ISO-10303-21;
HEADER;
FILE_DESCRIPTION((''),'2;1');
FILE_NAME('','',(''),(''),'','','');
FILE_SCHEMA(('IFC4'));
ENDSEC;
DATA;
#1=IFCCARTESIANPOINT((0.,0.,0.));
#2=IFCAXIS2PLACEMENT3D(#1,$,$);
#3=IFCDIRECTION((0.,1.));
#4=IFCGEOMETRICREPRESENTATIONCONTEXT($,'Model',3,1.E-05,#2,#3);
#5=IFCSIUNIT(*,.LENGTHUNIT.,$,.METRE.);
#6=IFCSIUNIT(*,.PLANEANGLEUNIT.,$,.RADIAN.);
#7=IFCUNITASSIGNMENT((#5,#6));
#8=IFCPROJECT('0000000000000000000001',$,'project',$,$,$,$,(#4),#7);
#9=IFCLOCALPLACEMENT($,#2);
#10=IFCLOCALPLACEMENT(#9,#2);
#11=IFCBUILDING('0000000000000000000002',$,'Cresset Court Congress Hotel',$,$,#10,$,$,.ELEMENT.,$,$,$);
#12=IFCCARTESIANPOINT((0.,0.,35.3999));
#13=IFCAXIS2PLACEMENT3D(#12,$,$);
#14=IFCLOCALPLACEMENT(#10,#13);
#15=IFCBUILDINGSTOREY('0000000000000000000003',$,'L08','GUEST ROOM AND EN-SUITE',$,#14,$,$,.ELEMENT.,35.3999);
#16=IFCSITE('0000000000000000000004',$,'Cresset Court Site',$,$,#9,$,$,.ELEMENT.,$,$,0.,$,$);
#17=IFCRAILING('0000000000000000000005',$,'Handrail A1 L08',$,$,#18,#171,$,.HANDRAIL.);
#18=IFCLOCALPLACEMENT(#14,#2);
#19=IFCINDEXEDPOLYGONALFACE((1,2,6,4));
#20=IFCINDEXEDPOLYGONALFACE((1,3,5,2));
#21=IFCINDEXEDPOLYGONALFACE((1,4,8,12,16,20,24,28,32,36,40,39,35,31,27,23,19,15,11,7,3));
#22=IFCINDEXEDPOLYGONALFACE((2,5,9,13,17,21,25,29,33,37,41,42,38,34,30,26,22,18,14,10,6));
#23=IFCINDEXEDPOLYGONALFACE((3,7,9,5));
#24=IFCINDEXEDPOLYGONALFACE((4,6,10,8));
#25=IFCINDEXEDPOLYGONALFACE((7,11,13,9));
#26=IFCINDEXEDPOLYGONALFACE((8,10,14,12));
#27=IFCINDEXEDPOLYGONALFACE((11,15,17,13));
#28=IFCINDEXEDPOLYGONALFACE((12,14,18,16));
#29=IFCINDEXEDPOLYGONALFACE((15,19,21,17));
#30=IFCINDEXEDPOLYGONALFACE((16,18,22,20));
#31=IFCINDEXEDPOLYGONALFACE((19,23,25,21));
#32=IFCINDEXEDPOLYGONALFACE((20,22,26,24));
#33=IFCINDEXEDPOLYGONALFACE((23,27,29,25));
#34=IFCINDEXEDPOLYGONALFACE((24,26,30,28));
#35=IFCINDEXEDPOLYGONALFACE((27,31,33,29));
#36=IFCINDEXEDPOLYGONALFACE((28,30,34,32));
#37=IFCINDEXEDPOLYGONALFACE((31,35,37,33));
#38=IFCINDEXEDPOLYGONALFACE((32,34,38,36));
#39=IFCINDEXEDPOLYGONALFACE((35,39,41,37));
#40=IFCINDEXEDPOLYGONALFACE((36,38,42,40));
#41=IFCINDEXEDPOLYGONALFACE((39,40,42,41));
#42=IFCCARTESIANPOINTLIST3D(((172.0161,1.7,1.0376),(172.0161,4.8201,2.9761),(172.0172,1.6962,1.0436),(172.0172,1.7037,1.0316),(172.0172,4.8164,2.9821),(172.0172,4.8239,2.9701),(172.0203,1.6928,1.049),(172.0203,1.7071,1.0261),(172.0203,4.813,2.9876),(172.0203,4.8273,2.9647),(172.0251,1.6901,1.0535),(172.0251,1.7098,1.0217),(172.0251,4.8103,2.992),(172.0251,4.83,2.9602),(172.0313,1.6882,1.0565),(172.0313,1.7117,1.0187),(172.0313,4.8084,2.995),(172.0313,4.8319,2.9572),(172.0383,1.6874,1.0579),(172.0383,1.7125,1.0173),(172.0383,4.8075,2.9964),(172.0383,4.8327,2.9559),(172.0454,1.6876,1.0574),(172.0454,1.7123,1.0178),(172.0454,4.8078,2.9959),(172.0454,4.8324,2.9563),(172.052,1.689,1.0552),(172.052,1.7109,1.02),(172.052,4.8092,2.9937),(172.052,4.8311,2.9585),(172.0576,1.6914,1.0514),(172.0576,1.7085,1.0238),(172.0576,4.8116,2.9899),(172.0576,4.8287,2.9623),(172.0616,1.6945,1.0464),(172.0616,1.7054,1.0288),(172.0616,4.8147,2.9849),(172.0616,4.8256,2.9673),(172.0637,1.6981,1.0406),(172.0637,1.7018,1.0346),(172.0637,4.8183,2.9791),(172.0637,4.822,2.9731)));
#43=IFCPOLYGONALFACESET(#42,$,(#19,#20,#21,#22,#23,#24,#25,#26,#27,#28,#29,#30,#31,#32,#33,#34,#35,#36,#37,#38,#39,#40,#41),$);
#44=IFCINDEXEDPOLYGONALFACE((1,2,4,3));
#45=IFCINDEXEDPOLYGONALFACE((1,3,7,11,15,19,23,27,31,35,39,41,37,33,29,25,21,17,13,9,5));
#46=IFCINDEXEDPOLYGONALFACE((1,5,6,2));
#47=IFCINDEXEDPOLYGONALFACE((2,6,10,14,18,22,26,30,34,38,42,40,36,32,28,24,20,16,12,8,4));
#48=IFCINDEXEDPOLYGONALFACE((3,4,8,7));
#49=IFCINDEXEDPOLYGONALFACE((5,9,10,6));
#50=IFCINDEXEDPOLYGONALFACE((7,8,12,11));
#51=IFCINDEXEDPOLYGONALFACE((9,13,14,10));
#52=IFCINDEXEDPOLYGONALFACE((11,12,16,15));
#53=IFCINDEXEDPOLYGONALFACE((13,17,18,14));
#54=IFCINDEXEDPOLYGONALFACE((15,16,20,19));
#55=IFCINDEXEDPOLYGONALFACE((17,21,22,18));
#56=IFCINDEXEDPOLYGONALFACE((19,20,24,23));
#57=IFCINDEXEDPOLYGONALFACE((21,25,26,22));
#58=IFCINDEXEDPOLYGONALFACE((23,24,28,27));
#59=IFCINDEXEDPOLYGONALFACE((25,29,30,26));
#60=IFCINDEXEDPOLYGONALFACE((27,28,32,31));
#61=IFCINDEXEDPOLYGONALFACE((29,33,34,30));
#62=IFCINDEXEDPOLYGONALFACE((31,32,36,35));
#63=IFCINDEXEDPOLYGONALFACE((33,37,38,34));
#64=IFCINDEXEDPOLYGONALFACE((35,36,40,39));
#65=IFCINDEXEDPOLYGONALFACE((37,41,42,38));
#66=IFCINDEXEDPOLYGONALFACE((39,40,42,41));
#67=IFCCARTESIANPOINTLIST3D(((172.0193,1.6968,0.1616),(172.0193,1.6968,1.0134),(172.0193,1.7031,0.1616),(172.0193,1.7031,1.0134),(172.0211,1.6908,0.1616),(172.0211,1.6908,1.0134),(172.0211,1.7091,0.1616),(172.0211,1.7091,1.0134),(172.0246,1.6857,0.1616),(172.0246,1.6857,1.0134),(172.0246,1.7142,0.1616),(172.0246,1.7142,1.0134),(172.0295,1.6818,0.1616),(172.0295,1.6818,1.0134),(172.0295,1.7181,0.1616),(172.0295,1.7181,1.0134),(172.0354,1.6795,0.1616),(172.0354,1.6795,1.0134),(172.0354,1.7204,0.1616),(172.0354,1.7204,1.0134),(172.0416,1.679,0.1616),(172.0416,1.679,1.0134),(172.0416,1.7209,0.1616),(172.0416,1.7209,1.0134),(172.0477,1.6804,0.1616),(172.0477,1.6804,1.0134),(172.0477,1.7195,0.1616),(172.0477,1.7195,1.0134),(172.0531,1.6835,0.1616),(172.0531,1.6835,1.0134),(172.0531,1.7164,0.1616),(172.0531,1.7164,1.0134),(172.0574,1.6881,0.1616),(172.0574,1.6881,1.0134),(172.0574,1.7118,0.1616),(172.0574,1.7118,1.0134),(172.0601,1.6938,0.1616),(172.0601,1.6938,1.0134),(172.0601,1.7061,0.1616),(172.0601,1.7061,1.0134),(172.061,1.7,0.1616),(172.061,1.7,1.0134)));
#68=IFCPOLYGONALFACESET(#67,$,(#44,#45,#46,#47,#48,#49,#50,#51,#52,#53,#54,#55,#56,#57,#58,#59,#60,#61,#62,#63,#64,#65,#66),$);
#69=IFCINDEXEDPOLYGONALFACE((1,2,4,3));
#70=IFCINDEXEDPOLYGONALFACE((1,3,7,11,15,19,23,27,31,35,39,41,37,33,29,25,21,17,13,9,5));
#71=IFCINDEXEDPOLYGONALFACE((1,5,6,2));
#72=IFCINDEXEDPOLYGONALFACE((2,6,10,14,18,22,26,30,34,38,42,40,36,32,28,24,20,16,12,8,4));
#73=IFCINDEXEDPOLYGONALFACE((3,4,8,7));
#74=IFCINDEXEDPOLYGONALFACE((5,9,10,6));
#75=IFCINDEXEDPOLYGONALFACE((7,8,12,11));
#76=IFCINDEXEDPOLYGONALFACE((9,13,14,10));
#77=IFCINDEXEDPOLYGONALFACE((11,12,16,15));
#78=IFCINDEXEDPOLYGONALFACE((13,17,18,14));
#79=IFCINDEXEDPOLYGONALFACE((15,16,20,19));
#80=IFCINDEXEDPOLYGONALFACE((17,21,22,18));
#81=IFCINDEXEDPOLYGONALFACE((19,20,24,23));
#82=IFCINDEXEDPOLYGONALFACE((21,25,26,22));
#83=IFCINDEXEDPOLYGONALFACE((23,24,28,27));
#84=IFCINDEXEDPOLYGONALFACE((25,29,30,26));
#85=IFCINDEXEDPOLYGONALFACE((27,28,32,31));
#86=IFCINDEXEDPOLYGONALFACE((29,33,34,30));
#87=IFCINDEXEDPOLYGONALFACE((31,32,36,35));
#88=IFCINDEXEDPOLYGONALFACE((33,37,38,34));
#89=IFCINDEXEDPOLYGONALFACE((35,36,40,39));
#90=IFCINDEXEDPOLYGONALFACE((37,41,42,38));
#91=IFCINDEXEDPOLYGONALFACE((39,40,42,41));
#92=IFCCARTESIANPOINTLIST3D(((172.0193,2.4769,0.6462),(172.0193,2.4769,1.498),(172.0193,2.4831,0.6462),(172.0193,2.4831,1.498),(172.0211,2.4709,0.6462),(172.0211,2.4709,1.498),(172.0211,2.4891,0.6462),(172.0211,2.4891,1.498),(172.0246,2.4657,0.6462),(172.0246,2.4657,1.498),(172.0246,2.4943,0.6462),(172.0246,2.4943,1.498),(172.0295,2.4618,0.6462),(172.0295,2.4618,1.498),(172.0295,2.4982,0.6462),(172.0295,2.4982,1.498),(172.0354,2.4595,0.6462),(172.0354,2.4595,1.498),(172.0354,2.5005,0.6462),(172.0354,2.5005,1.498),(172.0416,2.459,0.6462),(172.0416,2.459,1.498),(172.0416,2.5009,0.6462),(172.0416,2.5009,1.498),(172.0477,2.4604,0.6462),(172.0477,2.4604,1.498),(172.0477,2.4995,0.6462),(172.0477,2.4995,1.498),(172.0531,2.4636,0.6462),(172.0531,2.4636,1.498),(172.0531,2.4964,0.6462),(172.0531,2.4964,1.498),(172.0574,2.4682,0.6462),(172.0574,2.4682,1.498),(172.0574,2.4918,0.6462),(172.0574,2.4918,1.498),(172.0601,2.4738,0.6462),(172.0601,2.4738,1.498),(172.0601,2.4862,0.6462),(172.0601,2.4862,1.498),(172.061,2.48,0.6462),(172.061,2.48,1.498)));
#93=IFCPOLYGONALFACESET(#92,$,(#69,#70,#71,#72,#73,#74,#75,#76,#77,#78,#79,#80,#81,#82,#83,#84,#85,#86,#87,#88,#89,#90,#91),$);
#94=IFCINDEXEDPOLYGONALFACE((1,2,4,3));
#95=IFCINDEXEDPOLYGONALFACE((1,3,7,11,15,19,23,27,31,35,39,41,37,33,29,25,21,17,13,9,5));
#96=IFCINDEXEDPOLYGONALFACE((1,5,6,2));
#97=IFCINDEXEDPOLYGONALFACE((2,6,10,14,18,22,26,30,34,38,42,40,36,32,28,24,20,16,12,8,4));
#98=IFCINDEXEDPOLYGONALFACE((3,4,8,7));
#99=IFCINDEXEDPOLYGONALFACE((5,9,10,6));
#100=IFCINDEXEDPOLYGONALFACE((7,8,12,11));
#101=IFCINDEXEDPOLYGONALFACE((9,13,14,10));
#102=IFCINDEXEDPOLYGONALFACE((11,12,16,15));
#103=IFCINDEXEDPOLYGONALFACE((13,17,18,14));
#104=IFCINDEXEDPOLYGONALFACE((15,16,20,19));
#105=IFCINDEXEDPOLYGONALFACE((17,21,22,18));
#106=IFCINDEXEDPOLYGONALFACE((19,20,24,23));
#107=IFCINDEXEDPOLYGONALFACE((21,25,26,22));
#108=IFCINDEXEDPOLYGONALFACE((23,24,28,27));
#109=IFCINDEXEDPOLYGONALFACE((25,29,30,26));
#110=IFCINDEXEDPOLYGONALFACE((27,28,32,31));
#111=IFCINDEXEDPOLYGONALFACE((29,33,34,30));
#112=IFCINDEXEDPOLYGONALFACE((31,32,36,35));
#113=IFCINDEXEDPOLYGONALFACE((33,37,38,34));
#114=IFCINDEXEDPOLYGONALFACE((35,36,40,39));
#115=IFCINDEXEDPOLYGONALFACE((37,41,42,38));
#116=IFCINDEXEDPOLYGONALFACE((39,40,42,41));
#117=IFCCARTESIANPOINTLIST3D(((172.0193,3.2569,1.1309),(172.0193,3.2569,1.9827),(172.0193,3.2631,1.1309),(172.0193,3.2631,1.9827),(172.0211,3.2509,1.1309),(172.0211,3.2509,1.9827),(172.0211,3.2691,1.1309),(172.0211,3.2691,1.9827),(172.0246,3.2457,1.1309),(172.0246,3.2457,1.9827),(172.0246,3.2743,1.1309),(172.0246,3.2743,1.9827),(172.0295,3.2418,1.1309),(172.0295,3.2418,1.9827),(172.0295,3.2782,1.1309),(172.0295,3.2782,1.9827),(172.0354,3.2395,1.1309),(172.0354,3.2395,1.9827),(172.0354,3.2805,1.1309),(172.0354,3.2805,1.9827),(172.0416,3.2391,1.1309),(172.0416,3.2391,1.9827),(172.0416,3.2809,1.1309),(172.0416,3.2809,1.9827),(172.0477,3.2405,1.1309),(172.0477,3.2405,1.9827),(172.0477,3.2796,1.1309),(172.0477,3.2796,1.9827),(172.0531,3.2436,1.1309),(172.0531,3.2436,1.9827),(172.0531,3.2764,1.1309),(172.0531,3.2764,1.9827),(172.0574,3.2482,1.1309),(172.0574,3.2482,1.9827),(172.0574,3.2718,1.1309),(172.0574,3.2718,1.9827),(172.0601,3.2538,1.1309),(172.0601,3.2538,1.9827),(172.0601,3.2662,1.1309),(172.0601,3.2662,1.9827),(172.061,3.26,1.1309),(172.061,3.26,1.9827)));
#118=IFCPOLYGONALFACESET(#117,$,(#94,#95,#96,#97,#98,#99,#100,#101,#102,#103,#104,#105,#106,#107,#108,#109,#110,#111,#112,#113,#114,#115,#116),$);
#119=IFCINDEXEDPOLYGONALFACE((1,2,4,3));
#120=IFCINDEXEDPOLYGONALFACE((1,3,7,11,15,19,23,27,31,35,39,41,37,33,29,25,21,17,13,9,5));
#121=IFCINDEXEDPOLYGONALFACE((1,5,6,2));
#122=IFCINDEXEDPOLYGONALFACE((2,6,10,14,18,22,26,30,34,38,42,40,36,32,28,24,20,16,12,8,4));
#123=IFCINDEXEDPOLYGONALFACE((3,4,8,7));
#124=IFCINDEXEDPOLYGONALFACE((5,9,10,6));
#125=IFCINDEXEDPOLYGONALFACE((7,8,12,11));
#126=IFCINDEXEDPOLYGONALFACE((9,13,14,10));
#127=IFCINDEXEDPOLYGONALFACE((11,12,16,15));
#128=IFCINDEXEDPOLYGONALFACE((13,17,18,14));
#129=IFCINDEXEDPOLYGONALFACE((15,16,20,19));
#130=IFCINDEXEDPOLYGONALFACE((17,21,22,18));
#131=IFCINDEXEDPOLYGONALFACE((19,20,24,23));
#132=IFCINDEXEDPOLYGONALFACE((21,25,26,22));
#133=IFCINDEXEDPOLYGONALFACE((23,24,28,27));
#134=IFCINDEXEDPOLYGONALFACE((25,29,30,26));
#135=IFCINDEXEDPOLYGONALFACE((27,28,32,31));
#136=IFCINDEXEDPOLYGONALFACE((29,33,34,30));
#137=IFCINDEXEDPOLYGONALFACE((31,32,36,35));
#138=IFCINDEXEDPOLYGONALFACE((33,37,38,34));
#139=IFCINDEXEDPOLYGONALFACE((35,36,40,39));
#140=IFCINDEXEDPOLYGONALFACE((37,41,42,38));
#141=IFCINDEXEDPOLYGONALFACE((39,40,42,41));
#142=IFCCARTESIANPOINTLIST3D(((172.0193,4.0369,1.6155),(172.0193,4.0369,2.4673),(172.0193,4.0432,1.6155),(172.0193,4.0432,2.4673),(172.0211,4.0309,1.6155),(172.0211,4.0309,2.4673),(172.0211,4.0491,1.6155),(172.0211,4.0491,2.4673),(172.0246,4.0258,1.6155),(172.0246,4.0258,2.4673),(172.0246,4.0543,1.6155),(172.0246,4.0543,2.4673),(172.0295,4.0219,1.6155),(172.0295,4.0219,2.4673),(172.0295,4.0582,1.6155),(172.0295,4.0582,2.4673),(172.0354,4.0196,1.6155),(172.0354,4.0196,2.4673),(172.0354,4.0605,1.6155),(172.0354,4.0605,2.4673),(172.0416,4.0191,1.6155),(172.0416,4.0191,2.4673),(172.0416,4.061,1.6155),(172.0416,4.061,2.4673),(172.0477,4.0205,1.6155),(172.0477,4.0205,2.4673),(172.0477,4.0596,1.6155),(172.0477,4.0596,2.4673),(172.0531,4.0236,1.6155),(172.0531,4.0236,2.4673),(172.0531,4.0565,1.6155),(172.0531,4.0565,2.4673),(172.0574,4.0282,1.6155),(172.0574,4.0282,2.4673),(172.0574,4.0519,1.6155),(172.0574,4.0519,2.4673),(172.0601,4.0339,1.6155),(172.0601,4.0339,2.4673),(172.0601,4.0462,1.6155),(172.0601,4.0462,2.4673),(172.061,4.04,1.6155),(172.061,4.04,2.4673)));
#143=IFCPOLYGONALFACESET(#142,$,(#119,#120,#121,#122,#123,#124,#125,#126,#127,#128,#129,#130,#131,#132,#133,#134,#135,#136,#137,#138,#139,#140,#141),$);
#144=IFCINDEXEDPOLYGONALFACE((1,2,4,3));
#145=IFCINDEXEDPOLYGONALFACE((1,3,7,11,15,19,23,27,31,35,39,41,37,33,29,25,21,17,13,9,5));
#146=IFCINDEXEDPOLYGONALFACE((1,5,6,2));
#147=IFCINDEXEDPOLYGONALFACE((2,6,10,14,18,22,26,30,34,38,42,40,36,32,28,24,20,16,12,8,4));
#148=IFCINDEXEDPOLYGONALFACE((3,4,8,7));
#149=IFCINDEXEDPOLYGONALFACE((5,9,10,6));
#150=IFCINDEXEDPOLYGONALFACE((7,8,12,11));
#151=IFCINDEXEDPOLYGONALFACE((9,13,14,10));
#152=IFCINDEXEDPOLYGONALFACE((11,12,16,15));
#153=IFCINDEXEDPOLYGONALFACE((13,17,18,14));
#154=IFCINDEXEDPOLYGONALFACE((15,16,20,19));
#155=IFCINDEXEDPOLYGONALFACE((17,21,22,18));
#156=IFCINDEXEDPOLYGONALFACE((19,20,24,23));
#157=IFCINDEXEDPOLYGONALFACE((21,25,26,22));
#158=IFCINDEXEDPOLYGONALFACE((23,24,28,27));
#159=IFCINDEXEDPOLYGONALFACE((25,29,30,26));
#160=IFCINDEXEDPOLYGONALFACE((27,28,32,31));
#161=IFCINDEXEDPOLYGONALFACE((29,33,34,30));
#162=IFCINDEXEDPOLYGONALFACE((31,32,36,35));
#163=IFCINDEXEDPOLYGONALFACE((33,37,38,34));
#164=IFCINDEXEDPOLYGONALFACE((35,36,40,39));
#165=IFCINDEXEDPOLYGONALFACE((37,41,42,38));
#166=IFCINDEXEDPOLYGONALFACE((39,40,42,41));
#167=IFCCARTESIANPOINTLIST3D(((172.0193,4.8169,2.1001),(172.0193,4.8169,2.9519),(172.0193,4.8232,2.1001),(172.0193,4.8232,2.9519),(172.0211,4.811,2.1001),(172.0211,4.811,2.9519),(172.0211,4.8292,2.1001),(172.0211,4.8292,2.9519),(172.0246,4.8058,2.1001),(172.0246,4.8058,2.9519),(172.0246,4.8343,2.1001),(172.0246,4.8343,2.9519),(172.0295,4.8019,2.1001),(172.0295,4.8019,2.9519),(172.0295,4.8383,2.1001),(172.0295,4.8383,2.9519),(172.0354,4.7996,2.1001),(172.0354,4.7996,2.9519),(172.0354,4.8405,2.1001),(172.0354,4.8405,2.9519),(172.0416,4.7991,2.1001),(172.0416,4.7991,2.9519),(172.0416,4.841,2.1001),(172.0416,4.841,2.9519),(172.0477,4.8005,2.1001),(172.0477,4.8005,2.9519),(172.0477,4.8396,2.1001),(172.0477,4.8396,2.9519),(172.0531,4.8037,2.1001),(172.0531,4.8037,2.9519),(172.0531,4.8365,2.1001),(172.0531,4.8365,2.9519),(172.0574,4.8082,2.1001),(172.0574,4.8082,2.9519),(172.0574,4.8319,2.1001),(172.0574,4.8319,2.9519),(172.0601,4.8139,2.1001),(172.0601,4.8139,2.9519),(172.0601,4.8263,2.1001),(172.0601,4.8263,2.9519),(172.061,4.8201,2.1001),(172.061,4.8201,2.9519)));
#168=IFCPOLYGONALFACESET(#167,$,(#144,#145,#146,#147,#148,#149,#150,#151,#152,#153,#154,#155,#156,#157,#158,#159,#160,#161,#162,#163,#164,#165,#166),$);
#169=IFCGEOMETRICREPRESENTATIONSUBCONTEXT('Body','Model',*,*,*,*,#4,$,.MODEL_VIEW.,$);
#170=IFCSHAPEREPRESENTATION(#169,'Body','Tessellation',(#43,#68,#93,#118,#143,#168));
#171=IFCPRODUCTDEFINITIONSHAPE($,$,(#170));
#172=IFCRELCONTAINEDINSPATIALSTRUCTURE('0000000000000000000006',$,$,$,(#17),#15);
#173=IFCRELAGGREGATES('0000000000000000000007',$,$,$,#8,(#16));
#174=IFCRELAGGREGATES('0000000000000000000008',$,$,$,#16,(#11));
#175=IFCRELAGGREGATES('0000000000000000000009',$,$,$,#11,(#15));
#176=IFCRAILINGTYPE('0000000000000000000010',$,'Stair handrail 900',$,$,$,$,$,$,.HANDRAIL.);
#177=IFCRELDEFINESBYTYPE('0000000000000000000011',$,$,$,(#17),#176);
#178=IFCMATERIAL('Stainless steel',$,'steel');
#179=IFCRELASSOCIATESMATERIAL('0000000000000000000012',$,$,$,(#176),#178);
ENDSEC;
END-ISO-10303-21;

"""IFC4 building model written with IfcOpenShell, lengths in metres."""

from ifc_helpers import new_model, si_unit, direction, frame, origin, origin_2d, place, context, subcontext, project, spatial, circle, extrude, material, type_object, element, save


model = new_model("IFC4")

# Units and contexts
model_context = context("Model", 3, precision=1e-05, world=origin(), true_north=direction((0.0, 1.0)))
body_context = subcontext(model_context, "Body", "Model", "MODEL_VIEW")
ifc_project = project(units=[si_unit("LENGTHUNIT", "METRE"), si_unit("PLANEANGLEUNIT", "RADIAN")], contexts=[model_context])

# Site, building, storey
site_placement = place(None, origin())
site = spatial("IfcSite", under=ifc_project, at=site_placement, Name="Cresset Court Site", CompositionType="ELEMENT", RefElevation=0.0)
building_placement = place(site_placement, origin())
building = spatial("IfcBuilding", under=site, at=building_placement, Name="Cresset Court Congress Hotel", CompositionType="ELEMENT")
storey_placement = place(building_placement, frame((0.0, 0.0, 35.3999)))
storey = spatial("IfcBuildingStorey", under=building, at=storey_placement, Name="L08", Description="GUEST ROOM AND EN-SUITE", CompositionType="ELEMENT", Elevation=35.3999)

# Railing
ifc_material_1 = material(Name="Stainless steel", Category="steel")
railing_type_1 = type_object("IfcRailingType", Name="Stair handrail 900", PredefinedType="HANDRAIL", material=ifc_material_1)
railing_1_placement = place(storey_placement, frame((172.04, 1.7, 0.1616)))
element("IfcRailing", 1, at=railing_1_placement, inside=storey, type_object=railing_type_1, Name="Handrail A1 L08", PredefinedType="HANDRAIL", context=body_context, shape_type="SweptSolid", body=[
    extrude(circle(Radius=0.0239, at=origin_2d()), frame((0.0, 0.0, 0.876), z_axis=(0.0, 0.849414, 0.527727), x_axis=(-1.0, 0.0, 0.0)), (0.0, 0.0, 1.0), 3.6733),
    extrude(circle(Radius=0.021, at=origin_2d()), origin(), (0.0, 0.0, 1.0), 0.8518),
    extrude(circle(Radius=0.021, at=origin_2d()), frame((0.0, 0.78, 0.4846)), (0.0, 0.0, 1.0), 0.8518),
    extrude(circle(Radius=0.021, at=origin_2d()), frame((0.0, 1.5601, 0.9692)), (0.0, 0.0, 1.0), 0.8518),
    extrude(circle(Radius=0.021, at=origin_2d()), frame((0.0, 2.3401, 1.4539)), (0.0, 0.0, 1.0), 0.8518),
    extrude(circle(Radius=0.021, at=origin_2d()), frame((0.0, 3.1201, 1.9385)), (0.0, 0.0, 1.0), 0.8518),
])

save(model, "model.ifc")
